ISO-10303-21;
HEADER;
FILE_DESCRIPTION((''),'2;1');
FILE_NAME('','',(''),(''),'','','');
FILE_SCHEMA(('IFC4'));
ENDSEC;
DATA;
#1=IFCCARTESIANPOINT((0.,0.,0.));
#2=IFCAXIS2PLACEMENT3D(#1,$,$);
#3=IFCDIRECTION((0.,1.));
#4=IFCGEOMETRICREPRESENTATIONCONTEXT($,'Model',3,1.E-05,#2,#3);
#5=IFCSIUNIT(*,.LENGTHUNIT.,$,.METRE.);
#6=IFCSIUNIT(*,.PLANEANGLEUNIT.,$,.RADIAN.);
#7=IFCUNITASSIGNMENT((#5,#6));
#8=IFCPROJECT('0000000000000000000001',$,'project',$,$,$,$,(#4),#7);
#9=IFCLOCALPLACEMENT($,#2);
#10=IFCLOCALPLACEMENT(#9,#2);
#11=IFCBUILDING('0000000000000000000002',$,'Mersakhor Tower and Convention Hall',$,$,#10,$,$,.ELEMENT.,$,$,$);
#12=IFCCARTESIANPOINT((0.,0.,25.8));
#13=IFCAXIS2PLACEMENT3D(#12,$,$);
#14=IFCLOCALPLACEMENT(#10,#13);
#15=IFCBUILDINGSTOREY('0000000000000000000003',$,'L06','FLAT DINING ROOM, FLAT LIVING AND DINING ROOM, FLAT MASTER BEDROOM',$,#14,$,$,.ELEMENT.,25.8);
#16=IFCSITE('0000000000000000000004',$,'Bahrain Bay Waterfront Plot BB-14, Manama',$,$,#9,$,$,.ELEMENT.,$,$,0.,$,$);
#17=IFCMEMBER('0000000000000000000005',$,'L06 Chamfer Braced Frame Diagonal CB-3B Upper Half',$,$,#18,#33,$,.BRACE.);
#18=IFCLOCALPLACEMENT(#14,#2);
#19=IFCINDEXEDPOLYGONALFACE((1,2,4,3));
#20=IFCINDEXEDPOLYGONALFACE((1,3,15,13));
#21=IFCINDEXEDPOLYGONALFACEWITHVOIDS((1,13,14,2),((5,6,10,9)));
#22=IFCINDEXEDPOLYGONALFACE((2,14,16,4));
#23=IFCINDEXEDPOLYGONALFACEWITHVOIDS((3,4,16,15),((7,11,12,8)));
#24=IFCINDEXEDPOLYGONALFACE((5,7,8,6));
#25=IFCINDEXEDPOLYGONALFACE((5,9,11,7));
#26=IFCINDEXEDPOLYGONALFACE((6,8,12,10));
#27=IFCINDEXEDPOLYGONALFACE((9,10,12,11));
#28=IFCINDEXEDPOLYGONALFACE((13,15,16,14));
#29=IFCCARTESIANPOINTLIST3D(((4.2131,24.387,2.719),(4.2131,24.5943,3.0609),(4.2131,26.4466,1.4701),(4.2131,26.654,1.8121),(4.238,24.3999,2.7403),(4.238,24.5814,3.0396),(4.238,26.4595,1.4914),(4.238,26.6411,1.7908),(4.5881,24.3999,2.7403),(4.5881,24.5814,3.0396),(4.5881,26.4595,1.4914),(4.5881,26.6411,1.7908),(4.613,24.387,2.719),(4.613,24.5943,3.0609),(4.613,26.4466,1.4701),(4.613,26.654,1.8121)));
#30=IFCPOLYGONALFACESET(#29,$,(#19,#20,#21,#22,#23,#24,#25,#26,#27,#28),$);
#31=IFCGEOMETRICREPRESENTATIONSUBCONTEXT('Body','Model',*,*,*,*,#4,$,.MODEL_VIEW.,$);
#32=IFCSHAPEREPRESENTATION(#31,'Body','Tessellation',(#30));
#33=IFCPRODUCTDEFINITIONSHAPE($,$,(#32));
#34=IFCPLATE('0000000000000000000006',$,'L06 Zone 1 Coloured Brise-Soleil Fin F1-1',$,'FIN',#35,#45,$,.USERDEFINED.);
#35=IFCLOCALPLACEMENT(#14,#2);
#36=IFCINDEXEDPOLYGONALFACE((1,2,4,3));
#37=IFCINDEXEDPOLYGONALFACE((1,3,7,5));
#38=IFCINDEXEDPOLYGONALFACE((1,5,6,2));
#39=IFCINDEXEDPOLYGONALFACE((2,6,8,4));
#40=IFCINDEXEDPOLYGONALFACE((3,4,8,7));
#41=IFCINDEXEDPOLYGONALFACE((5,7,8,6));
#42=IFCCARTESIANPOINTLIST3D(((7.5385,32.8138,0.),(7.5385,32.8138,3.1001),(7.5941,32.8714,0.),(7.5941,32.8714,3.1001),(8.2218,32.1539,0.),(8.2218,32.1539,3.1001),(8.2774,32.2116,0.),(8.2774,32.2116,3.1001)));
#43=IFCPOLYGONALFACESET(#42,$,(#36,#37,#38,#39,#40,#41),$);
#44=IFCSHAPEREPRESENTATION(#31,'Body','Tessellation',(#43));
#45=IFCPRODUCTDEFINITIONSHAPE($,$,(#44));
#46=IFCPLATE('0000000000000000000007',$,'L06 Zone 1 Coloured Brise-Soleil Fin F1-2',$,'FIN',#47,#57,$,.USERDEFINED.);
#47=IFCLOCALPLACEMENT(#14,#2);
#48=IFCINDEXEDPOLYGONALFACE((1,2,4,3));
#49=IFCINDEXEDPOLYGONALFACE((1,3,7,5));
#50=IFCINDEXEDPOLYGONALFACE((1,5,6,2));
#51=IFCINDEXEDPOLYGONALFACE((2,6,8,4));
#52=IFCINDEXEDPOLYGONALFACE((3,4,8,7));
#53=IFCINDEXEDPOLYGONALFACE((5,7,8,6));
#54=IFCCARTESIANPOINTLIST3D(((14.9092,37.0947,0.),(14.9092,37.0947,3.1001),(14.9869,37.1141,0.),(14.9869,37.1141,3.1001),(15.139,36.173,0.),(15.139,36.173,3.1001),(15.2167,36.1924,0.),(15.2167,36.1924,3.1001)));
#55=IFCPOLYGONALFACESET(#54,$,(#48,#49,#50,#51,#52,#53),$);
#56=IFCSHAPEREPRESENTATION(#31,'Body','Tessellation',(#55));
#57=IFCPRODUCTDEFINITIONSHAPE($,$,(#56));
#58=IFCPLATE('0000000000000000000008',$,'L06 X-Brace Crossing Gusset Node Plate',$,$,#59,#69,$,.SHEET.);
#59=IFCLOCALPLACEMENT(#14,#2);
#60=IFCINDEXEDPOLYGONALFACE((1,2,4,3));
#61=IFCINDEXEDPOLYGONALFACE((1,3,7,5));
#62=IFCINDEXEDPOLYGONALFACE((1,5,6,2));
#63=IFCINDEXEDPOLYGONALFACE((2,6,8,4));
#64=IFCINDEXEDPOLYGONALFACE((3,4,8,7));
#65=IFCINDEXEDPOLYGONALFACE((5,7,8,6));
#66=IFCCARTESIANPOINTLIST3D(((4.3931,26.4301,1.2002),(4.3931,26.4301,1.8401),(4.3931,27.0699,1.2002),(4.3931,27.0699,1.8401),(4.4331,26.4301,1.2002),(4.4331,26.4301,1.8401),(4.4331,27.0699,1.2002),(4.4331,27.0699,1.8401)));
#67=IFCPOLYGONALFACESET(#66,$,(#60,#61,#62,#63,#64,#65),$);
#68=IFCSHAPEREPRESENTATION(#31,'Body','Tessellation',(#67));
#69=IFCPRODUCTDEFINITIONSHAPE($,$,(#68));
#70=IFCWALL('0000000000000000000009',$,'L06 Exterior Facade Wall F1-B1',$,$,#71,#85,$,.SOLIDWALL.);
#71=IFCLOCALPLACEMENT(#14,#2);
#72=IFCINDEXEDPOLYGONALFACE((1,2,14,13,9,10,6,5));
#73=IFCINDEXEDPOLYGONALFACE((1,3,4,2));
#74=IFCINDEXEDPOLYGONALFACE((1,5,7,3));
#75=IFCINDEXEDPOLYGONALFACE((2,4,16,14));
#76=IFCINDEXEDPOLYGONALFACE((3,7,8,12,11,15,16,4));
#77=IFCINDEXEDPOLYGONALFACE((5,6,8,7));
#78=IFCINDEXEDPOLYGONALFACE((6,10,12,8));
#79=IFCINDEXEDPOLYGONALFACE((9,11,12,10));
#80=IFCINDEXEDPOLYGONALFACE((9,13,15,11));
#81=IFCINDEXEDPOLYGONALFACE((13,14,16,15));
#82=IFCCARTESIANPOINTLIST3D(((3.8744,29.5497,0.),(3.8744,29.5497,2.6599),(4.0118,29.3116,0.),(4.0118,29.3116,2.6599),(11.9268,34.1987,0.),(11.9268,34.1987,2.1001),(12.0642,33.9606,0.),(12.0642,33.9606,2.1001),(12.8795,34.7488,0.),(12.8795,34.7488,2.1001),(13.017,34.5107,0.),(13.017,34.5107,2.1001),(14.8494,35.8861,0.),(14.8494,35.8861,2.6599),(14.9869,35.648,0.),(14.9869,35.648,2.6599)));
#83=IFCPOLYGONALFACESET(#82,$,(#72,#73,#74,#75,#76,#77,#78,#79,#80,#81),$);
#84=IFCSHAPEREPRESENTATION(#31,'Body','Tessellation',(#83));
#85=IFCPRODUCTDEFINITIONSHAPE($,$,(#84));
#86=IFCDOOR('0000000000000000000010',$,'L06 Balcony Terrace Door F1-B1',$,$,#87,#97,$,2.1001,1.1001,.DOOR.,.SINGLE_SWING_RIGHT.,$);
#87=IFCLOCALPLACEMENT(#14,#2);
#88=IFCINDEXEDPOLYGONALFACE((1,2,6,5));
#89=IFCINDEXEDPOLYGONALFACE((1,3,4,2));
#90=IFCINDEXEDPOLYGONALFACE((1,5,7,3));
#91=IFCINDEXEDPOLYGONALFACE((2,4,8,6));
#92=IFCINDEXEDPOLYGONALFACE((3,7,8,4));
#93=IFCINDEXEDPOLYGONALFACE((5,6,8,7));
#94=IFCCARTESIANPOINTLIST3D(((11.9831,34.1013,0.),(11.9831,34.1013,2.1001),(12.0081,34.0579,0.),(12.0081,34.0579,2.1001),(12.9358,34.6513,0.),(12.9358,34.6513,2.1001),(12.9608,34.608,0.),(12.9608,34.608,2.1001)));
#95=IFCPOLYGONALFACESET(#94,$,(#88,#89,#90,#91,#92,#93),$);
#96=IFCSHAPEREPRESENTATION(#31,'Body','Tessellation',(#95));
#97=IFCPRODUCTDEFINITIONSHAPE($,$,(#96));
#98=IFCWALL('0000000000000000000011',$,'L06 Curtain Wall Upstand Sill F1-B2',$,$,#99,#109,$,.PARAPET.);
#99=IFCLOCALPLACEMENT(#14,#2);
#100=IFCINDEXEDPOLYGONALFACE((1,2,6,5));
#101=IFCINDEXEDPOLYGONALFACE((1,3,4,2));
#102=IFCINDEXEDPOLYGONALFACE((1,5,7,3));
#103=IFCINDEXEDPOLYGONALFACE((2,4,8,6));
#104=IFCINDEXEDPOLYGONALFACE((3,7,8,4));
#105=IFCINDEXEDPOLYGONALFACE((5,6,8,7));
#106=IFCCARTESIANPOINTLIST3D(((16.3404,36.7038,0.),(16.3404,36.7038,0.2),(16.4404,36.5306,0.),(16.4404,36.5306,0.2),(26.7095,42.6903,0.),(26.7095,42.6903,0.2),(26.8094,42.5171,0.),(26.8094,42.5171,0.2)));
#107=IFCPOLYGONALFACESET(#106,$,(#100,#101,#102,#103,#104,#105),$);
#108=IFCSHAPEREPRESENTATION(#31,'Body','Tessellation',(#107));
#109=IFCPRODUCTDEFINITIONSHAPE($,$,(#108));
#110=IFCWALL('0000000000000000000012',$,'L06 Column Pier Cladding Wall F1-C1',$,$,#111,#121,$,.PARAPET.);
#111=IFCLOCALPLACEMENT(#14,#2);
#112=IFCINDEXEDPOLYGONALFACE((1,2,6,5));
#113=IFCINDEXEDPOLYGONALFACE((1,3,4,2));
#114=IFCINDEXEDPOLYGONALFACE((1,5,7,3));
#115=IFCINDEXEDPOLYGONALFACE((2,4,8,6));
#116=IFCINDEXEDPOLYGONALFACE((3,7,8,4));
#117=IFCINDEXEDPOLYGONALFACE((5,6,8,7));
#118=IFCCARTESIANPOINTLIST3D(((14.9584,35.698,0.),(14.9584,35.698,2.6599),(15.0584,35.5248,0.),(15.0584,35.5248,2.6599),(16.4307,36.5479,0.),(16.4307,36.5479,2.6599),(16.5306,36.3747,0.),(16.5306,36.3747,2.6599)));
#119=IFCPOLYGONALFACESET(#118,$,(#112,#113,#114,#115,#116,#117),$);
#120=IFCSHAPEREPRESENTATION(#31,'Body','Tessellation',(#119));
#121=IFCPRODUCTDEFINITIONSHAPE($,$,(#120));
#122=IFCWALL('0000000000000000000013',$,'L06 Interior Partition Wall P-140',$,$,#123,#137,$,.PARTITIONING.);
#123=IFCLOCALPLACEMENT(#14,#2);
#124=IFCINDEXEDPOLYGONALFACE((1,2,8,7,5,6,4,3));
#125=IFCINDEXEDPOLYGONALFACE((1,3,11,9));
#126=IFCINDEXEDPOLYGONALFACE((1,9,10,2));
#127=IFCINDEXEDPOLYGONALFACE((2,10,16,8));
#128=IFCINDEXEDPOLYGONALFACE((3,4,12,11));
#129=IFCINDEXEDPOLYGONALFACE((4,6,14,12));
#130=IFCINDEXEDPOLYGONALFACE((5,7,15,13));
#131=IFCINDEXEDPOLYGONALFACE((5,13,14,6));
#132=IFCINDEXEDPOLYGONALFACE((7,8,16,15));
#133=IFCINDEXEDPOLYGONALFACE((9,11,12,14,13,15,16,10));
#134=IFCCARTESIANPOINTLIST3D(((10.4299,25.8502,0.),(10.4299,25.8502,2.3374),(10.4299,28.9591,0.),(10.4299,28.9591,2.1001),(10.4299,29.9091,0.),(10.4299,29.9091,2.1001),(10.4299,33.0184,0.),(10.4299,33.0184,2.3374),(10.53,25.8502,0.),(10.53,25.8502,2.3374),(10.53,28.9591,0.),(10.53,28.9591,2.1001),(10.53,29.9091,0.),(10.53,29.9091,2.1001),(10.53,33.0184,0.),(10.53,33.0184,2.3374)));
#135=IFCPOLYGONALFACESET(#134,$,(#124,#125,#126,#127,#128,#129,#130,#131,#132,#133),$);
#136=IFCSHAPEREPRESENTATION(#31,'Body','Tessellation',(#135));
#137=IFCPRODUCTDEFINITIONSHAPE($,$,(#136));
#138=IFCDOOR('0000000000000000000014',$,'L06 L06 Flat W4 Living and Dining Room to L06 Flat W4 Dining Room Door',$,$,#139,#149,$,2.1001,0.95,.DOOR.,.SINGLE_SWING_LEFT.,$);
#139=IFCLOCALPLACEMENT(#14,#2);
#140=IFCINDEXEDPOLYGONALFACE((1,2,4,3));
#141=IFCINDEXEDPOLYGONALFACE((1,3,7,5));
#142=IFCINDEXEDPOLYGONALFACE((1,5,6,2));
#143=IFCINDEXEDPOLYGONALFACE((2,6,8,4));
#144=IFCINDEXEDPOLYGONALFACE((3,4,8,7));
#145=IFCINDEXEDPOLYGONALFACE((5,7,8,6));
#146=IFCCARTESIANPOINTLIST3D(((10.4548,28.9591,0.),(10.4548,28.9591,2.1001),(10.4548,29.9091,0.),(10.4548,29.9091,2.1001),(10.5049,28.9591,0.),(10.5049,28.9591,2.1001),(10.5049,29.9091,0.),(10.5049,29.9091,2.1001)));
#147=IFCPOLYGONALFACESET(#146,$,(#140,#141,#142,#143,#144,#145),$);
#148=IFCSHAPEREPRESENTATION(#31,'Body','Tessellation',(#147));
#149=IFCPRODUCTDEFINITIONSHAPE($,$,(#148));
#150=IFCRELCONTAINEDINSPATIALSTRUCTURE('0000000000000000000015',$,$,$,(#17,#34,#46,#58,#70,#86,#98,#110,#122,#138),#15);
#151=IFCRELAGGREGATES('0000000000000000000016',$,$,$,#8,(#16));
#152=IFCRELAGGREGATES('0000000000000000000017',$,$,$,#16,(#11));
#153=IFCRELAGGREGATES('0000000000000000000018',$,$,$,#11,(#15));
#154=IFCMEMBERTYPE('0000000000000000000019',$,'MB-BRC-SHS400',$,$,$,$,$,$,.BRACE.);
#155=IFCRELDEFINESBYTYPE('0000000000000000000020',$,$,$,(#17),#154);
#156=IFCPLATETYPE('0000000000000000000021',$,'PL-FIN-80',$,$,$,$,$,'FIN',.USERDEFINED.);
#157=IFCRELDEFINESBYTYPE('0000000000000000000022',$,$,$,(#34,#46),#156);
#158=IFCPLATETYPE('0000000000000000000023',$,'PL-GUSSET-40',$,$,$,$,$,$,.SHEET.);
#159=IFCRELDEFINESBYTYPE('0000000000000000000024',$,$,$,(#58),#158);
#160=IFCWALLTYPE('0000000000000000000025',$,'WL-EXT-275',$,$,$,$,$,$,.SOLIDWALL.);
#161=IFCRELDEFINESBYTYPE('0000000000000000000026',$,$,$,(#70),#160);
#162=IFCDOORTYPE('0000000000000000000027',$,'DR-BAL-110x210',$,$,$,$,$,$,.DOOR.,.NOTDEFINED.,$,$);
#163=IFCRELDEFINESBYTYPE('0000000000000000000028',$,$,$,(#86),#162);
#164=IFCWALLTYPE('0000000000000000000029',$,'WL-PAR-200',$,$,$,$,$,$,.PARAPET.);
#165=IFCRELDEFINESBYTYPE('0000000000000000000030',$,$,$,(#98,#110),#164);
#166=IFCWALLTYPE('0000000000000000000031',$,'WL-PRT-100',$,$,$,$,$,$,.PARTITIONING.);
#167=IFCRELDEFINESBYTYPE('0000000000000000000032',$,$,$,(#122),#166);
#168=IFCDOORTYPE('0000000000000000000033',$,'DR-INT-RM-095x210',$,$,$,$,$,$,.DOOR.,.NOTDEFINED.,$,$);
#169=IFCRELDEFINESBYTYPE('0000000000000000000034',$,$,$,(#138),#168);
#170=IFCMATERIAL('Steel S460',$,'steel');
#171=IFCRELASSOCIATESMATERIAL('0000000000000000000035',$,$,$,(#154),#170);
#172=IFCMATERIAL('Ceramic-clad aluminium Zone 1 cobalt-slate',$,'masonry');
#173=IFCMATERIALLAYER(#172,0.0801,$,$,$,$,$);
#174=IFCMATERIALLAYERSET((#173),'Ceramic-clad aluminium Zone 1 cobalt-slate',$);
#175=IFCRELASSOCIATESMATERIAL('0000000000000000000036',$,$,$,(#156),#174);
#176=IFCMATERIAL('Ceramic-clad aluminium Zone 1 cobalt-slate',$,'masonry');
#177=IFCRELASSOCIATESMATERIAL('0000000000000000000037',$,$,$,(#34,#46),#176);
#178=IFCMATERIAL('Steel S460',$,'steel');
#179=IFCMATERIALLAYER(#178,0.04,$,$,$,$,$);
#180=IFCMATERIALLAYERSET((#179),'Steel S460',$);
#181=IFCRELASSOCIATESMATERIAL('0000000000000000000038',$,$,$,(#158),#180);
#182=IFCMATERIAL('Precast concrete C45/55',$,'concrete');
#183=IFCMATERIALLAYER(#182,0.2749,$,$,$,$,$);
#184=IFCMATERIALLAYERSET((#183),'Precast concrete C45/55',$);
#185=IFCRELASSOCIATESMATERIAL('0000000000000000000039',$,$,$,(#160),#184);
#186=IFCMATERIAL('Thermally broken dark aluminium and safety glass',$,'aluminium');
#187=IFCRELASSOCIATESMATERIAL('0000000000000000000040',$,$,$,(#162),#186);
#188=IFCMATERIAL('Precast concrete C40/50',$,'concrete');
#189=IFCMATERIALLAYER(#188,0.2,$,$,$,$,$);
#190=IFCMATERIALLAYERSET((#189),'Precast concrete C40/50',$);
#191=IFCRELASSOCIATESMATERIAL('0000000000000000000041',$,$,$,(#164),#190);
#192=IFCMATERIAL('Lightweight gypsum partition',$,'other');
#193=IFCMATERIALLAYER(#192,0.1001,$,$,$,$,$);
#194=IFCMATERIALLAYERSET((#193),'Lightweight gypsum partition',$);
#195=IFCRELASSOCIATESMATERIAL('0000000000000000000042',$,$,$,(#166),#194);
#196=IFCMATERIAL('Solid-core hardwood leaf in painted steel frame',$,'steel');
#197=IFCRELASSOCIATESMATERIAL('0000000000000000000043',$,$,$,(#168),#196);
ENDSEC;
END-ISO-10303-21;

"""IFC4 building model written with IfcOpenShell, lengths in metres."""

from ifc_helpers import new_model, si_unit, direction, frame, frame_2d, origin, origin_2d, place, context, subcontext, project, spatial, rectangle, hollow_rectangle, extrude, material, layer, layer_set, material_profile, profile_set, type_object, element, fill, save


model = new_model("IFC4")

# Units and contexts
model_context = context("Model", 3, precision=1e-05, world=origin(), true_north=direction((0.0, 1.0)))
body_context = subcontext(model_context, "Body", "Model", "MODEL_VIEW")
ifc_project = project(units=[si_unit("LENGTHUNIT", "METRE"), si_unit("PLANEANGLEUNIT", "RADIAN")], contexts=[model_context])

# Site, building, storey
site_placement = place(None, origin())
site = spatial("IfcSite", under=ifc_project, at=site_placement, Name="Bahrain Bay Waterfront Plot BB-14, Manama", CompositionType="ELEMENT", RefElevation=0.0)
building_placement = place(site_placement, origin())
building = spatial("IfcBuilding", under=site, at=building_placement, Name="Mersakhor Tower and Convention Hall", CompositionType="ELEMENT")
storey_placement = place(building_placement, frame((0.0, 0.0, 25.8)))
storey = spatial("IfcBuildingStorey", under=building, at=storey_placement, Name="L06", Description="FLAT DINING ROOM, FLAT LIVING AND DINING ROOM, FLAT MASTER BEDROOM", CompositionType="ELEMENT", Elevation=25.8)

# Member
ifc_material_1 = material(Name="Steel S460", Category="steel")
ifc_material_profile_1 = material_profile(ifc_material_1, hollow_rectangle(XDim=0.3999, YDim=0.3999, WallThickness=0.0249, at=origin_2d()), Name="SHS 400x400x25")
ifc_profile_set_1 = profile_set([ifc_material_profile_1], Name="Steel S460")
member_type_1 = type_object("IfcMemberType", Name="MB-BRC-SHS400", PredefinedType="BRACE", material=ifc_profile_set_1)
for number, where, z_axis, x_axis, name in (
    (1, (4.4131, 26.5503, 1.6411), (0.0, -0.855096, 0.51847), (1.0, 0.0, 0.0), "L06 Chamfer Braced Frame Diagonal CB-3B Upper Half"),
):
    element("IfcMember", number, at=place(storey_placement, frame(where, z_axis=z_axis, x_axis=x_axis)), inside=storey, type_object=member_type_1, Name=name, PredefinedType="BRACE", context=body_context, shape_type="SweptSolid", body=[
        extrude(hollow_rectangle(XDim=0.3999, YDim=0.3999, WallThickness=0.0249, at=origin_2d()), origin(), (0.0, 0.0, 1.0), 2.4087),
    ])

# Plates
ifc_material_2 = material(Name="Ceramic-clad aluminium Zone 1 cobalt-slate", Category="masonry")
ifc_material_3 = material(Name="Ceramic-clad aluminium Zone 1 cobalt-slate", Category="masonry")
ifc_layer_1 = layer(ifc_material_3, 0.0801)
ifc_layer_set_1 = layer_set([ifc_layer_1], Name="Ceramic-clad aluminium Zone 1 cobalt-slate")
plate_type_1 = type_object("IfcPlateType", Name="PL-FIN-80", ElementType="FIN", PredefinedType="USERDEFINED", material=ifc_layer_set_1)
for number, where, z_axis, x_axis, name in (
    (2, (7.908, 32.5127, 0.0), (0.0, 0.0, 1.0), (-0.71934, 0.694658, 0.0), "L06 Zone 1 Coloured Brise-Soleil Fin F1-1"),
    (3, (15.063, 36.6436, 0.0), (0.0, 0.0, 1.0), (-0.241922, 0.970296, 0.0), "L06 Zone 1 Coloured Brise-Soleil Fin F1-2"),
):
    element("IfcPlate", number, at=place(storey_placement, frame(where, z_axis=z_axis, x_axis=x_axis)), inside=storey, type_object=plate_type_1, material=ifc_material_2, Name=name, ObjectType="FIN", PredefinedType="USERDEFINED", context=body_context, shape_type="SweptSolid", body=[
        extrude(rectangle(XDim=0.95, YDim=0.0801, at=origin_2d()), origin(), (0.0, 0.0, 1.0), 3.1001),
    ])
ifc_material_4 = material(Name="Steel S460", Category="steel")
ifc_layer_2 = layer(ifc_material_4, 0.04)
ifc_layer_set_2 = layer_set([ifc_layer_2], Name="Steel S460")
plate_type_2 = type_object("IfcPlateType", Name="PL-GUSSET-40", PredefinedType="SHEET", material=ifc_layer_set_2)
plate_placement = place(storey_placement, frame((4.4131, 26.75, 1.2002), z_axis=(0.0, 0.0, 1.0), x_axis=(0.0, -1.0, 0.0)))
element("IfcPlate", 4, at=plate_placement, inside=storey, type_object=plate_type_2, Name="L06 X-Brace Crossing Gusset Node Plate", PredefinedType="SHEET", context=body_context, shape_type="SweptSolid", body=[
    extrude(rectangle(XDim=0.6399, YDim=0.04, at=origin_2d()), origin(), (0.0, 0.0, 1.0), 0.6399),
])

# Wall, opening, door
ifc_material_5 = material(Name="Precast concrete C45/55", Category="concrete")
ifc_layer_3 = layer(ifc_material_5, 0.2749)
ifc_layer_set_3 = layer_set([ifc_layer_3], Name="Precast concrete C45/55")
wall_type_1 = type_object("IfcWallType", Name="WL-EXT-275", PredefinedType="SOLIDWALL", material=ifc_layer_set_3)
wall_1_placement = place(storey_placement, frame((3.9431, 29.4307, 0.0), z_axis=(0.0, 0.0, 1.0), x_axis=(0.866027, 0.499997, 0.0)))
wall_1 = element("IfcWall", 5, at=wall_1_placement, inside=storey, type_object=wall_type_1, Name="L06 Exterior Facade Wall F1-B1", PredefinedType="SOLIDWALL", context=body_context, shape_type="SweptSolid", body=[
    extrude(rectangle(XDim=12.6729, YDim=0.2749, at=frame_2d((6.3364, 0.0))), origin(), (0.0, 0.0, 1.0), 2.6599),
])
opening_1_placement = place(wall_1_placement, frame((9.2981, 0.0, 0.0)))
opening_1 = element("IfcOpeningElement", 6, at=opening_1_placement, cuts=wall_1, PredefinedType="OPENING", context=body_context, shape_type="SweptSolid", body=[
    extrude(rectangle(XDim=1.1001, YDim=2.1001, at=frame_2d((0.55, 1.05))), frame((0.0, 0.1475, 0.0), z_axis=(0.0, -1.0, 0.0), x_axis=(1.0, 0.0, 0.0)), (0.0, 0.0, 1.0), 0.2949),
])
ifc_material_6 = material(Name="Thermally broken dark aluminium and safety glass", Category="aluminium")
door_type_1 = type_object("IfcDoorType", Name="DR-BAL-110x210", OperationType="NOTDEFINED", PredefinedType="DOOR", material=ifc_material_6)
door_1_placement = place(opening_1_placement, origin())
door_1 = element("IfcDoor", 7, at=door_1_placement, inside=storey, type_object=door_type_1, Name="L06 Balcony Terrace Door F1-B1", OperationType="SINGLE_SWING_RIGHT", OverallHeight=2.1001, OverallWidth=1.1001, PredefinedType="DOOR", context=body_context, shape_type="SweptSolid", body=[
    extrude(rectangle(XDim=1.1001, YDim=2.1001, at=frame_2d((0.55, 1.05))), frame((0.0, 0.0249, 0.0), z_axis=(0.0, -1.0, 0.0), x_axis=(1.0, 0.0, 0.0)), (0.0, 0.0, 1.0), 0.05),
])
fill(opening_1, door_1)

# Walls
ifc_material_7 = material(Name="Precast concrete C40/50", Category="concrete")
ifc_layer_4 = layer(ifc_material_7, 0.2)
ifc_layer_set_4 = layer_set([ifc_layer_4], Name="Precast concrete C40/50")
wall_type_2 = type_object("IfcWallType", Name="WL-PAR-200", PredefinedType="PARAPET", material=ifc_layer_set_4)
wall_2_placement = place(storey_placement, frame((16.3904, 36.6172, 0.0), z_axis=(0.0, 0.0, 1.0), x_axis=(0.866027, 0.499997, 0.0)))
element("IfcWall", 8, at=wall_2_placement, inside=storey, type_object=wall_type_2, Name="L06 Curtain Wall Upstand Sill F1-B2", PredefinedType="PARAPET", context=body_context, shape_type="SweptSolid", body=[
    extrude(rectangle(XDim=11.9731, YDim=0.2, at=frame_2d((5.9866, 0.0))), origin(), (0.0, 0.0, 1.0), 0.2),
])
wall_3_placement = place(storey_placement, frame((15.0083, 35.6113, 0.0), z_axis=(0.0, 0.0, 1.0), x_axis=(0.866052, 0.499955, 0.0)))
element("IfcWall", 9, at=wall_3_placement, inside=storey, type_object=wall_type_2, Name="L06 Column Pier Cladding Wall F1-C1", PredefinedType="PARAPET", context=body_context, shape_type="SweptSolid", body=[
    extrude(rectangle(XDim=1.7, YDim=0.2, at=frame_2d((0.8501, 0.0))), origin(), (0.0, 0.0, 1.0), 2.6599),
])

# Wall, opening, door
ifc_material_8 = material(Name="Lightweight gypsum partition", Category="other")
ifc_layer_5 = layer(ifc_material_8, 0.1001)
ifc_layer_set_5 = layer_set([ifc_layer_5], Name="Lightweight gypsum partition")
wall_type_3 = type_object("IfcWallType", Name="WL-PRT-100", PredefinedType="PARTITIONING", material=ifc_layer_set_5)
wall_4_placement = place(storey_placement, frame((10.48, 33.0183, 0.0), z_axis=(0.0, 0.0, 1.0), x_axis=(0.0, -1.0, 0.0)))
wall_4 = element("IfcWall", 10, at=wall_4_placement, inside=storey, type_object=wall_type_3, Name="L06 Interior Partition Wall P-140", PredefinedType="PARTITIONING", context=body_context, shape_type="SweptSolid", body=[
    extrude(rectangle(XDim=7.1682, YDim=0.1001, at=frame_2d((3.584, 0.0))), origin(), (0.0, 0.0, 1.0), 2.3374),
])
opening_2_placement = place(wall_4_placement, frame((3.1091, 0.0, 0.0)))
opening_2 = element("IfcOpeningElement", 11, at=opening_2_placement, cuts=wall_4, PredefinedType="OPENING", context=body_context, shape_type="SweptSolid", body=[
    extrude(rectangle(XDim=0.95, YDim=2.1001, at=frame_2d((0.4751, 1.05))), frame((0.0, 0.0601, 0.0), z_axis=(0.0, -1.0, 0.0), x_axis=(1.0, 0.0, 0.0)), (0.0, 0.0, 1.0), 0.1201),
])
ifc_material_9 = material(Name="Solid-core hardwood leaf in painted steel frame", Category="steel")
door_type_2 = type_object("IfcDoorType", Name="DR-INT-RM-095x210", OperationType="NOTDEFINED", PredefinedType="DOOR", material=ifc_material_9)
door_2_placement = place(opening_2_placement, origin())
door_2 = element("IfcDoor", 12, at=door_2_placement, inside=storey, type_object=door_type_2, Name="L06 L06 Flat W4 Living and Dining Room to L06 Flat W4 Dining Room Door", OperationType="SINGLE_SWING_LEFT", OverallHeight=2.1001, OverallWidth=0.95, PredefinedType="DOOR", context=body_context, shape_type="SweptSolid", body=[
    extrude(rectangle(XDim=0.95, YDim=2.1001, at=frame_2d((0.4751, 1.05))), frame((0.0, 0.0249, 0.0), z_axis=(0.0, -1.0, 0.0), x_axis=(1.0, 0.0, 0.0)), (0.0, 0.0, 1.0), 0.05),
])
fill(opening_2, door_2)

save(model, "model.ifc")
